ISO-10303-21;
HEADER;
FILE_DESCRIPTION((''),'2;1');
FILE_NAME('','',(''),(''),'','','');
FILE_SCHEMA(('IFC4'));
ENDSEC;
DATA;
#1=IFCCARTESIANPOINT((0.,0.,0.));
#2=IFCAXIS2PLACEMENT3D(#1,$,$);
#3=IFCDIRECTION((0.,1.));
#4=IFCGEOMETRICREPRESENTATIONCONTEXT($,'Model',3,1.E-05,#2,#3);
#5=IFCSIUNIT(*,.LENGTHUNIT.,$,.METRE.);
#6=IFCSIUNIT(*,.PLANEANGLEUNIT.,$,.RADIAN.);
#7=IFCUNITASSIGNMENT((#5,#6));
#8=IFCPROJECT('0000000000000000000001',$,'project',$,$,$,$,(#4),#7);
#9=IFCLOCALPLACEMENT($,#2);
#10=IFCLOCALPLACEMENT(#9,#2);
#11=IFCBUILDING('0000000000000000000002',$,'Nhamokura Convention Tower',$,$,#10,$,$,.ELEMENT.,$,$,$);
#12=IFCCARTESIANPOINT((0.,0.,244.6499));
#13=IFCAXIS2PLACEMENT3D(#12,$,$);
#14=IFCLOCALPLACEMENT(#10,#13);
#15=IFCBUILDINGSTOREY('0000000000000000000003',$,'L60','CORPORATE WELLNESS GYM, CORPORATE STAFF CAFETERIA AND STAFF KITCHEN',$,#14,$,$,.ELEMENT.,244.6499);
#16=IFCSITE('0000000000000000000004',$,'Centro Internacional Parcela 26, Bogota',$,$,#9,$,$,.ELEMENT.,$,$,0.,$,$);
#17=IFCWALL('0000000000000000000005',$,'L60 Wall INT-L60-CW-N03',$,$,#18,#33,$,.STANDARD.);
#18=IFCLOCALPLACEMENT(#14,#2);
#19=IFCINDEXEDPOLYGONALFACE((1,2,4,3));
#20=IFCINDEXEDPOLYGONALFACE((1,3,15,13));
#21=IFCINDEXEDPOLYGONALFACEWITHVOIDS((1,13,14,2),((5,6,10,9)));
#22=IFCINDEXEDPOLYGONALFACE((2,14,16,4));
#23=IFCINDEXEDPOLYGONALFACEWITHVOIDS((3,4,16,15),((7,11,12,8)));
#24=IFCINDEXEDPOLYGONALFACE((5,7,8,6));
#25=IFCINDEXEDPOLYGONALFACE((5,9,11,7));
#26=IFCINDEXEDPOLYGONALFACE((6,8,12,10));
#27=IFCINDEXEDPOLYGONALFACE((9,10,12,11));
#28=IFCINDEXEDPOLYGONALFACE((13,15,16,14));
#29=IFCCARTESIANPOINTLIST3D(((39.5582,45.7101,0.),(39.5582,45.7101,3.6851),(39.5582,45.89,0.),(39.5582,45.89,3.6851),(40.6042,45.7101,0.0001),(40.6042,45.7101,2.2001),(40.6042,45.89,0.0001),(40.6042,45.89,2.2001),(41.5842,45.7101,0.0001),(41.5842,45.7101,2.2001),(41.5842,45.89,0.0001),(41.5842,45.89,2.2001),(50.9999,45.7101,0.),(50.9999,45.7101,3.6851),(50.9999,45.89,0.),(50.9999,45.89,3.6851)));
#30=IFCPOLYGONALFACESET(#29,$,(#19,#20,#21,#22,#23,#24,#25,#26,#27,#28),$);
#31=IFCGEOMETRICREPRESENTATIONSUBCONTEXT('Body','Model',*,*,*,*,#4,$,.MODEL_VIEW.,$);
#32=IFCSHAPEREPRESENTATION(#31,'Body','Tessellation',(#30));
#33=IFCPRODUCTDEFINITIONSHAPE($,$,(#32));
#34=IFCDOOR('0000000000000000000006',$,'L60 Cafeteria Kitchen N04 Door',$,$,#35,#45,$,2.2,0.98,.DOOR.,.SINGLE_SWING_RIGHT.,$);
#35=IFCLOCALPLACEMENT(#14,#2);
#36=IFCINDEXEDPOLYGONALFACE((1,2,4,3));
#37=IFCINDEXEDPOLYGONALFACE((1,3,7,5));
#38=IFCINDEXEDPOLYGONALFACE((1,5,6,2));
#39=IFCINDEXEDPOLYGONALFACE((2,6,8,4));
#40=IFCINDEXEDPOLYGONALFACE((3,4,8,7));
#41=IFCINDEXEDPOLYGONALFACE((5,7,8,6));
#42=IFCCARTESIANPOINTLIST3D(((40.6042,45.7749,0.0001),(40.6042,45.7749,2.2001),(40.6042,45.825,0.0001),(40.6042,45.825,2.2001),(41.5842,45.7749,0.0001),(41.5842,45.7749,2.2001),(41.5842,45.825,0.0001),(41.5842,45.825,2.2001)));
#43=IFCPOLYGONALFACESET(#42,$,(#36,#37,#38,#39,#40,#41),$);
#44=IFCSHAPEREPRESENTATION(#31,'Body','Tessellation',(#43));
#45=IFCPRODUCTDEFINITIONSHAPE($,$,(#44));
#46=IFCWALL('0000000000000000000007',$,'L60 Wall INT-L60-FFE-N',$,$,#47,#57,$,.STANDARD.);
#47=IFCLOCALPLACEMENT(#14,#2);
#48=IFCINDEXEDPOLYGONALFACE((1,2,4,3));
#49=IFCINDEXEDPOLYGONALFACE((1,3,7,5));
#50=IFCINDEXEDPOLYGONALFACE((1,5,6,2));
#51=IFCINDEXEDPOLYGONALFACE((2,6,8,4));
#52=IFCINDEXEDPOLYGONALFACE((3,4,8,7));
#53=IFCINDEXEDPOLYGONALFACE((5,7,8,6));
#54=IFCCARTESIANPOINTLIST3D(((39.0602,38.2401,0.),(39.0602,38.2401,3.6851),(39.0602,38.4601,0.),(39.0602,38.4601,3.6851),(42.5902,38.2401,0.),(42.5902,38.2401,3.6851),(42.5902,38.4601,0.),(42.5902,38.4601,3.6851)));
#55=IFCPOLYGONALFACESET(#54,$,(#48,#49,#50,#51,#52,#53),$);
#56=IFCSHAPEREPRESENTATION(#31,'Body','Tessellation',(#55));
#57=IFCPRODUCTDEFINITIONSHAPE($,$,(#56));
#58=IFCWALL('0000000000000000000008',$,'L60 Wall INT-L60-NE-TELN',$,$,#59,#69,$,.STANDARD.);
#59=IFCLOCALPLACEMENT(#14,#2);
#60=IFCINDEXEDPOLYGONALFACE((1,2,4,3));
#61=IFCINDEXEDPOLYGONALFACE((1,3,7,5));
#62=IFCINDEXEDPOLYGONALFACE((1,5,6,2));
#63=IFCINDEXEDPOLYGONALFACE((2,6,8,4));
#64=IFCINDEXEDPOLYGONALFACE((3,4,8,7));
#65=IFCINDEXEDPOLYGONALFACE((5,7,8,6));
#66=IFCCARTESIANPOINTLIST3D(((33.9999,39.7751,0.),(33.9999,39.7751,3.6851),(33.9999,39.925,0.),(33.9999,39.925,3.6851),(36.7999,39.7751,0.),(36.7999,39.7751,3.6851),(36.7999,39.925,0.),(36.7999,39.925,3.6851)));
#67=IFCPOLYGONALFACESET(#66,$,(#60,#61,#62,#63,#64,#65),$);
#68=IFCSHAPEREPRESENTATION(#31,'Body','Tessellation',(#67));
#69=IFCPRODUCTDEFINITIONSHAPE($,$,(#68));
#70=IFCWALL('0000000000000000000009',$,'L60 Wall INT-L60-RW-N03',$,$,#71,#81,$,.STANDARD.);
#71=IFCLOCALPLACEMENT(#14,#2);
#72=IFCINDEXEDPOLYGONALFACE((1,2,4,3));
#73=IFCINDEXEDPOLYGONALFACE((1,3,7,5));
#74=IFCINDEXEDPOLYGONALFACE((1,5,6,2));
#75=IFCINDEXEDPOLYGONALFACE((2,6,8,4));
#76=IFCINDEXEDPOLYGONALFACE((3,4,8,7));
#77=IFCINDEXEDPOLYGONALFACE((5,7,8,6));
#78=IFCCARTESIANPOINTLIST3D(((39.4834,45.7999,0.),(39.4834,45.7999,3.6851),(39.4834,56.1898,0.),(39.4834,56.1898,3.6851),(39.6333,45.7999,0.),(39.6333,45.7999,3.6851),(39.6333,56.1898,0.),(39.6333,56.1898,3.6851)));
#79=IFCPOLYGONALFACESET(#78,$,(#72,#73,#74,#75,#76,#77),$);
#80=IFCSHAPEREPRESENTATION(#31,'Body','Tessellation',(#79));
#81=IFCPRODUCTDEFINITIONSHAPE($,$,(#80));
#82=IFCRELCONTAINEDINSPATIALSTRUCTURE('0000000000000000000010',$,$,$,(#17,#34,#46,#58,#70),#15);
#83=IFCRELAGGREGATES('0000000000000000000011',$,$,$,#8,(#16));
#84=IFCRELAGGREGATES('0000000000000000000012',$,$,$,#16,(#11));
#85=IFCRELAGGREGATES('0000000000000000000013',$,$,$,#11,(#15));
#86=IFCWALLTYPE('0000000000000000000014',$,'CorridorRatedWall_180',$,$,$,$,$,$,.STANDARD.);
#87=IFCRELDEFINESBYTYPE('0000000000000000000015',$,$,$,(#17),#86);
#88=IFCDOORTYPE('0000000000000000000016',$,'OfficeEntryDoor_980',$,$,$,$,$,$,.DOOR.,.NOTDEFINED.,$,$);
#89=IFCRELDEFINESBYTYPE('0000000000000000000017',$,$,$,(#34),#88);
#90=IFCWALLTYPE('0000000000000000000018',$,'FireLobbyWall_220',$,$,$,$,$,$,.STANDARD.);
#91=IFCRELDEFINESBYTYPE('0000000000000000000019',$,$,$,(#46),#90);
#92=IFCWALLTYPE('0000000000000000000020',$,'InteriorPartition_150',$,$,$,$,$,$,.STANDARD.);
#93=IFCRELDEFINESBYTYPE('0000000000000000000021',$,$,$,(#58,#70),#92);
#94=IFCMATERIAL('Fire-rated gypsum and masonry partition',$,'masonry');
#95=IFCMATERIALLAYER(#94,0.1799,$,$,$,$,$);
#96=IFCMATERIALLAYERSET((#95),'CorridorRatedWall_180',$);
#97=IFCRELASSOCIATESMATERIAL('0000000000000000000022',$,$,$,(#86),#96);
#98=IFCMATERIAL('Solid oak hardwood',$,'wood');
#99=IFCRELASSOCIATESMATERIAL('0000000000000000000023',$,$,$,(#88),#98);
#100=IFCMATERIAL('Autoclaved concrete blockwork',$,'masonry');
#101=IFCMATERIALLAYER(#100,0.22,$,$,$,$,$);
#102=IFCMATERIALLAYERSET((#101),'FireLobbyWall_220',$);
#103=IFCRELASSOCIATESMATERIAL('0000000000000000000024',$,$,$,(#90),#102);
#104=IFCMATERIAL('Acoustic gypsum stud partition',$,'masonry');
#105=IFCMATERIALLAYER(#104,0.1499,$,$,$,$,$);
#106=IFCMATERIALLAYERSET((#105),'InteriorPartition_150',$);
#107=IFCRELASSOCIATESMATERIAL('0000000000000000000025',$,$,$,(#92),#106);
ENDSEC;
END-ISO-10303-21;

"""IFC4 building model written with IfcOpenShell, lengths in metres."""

from ifc_helpers import new_model, si_unit, direction, frame, frame_2d, origin, place, context, subcontext, project, spatial, rectangle, extrude, material, layer, layer_set, type_object, element, fill, save


model = new_model("IFC4")

# Units and contexts
model_context = context("Model", 3, precision=1e-05, world=origin(), true_north=direction((0.0, 1.0)))
body_context = subcontext(model_context, "Body", "Model", "MODEL_VIEW")
ifc_project = project(units=[si_unit("LENGTHUNIT", "METRE"), si_unit("PLANEANGLEUNIT", "RADIAN")], contexts=[model_context])

# Site, building, storey
site_placement = place(None, origin())
site = spatial("IfcSite", under=ifc_project, at=site_placement, Name="Centro Internacional Parcela 26, Bogota", CompositionType="ELEMENT", RefElevation=0.0)
building_placement = place(site_placement, origin())
building = spatial("IfcBuilding", under=site, at=building_placement, Name="Nhamokura Convention Tower", CompositionType="ELEMENT")
storey_placement = place(building_placement, frame((0.0, 0.0, 244.6499)))
storey = spatial("IfcBuildingStorey", under=building, at=storey_placement, Name="L60", Description="CORPORATE WELLNESS GYM, CORPORATE STAFF CAFETERIA AND STAFF KITCHEN", CompositionType="ELEMENT", Elevation=244.6499)

# Wall, opening, door
ifc_material_1 = material(Name="Fire-rated gypsum and masonry partition", Category="masonry")
ifc_layer_1 = layer(ifc_material_1, 0.1799)
ifc_layer_set_1 = layer_set([ifc_layer_1], Name="CorridorRatedWall_180")
wall_type_1 = type_object("IfcWallType", Name="CorridorRatedWall_180", PredefinedType="STANDARD", material=ifc_layer_set_1)
wall_1_placement = place(storey_placement, frame((39.5583, 45.8, 0.0), z_axis=(0.0, 0.0, 1.0), x_axis=(1.0, 0.0, 0.0)))
wall_1 = element("IfcWall", 1, at=wall_1_placement, inside=storey, type_object=wall_type_1, Name="L60 Wall INT-L60-CW-N03", PredefinedType="STANDARD", context=body_context, shape_type="SweptSolid", body=[
    extrude(rectangle(XDim=11.4417, YDim=0.1799, at=frame_2d((5.7207, 0.0))), origin(), (0.0, 0.0, 1.0), 3.6851),
])
opening_1_placement = place(wall_1_placement, frame((1.0459, 0.0, 0.0)))
opening_1 = element("IfcOpeningElement", 2, at=opening_1_placement, cuts=wall_1, PredefinedType="OPENING", context=body_context, shape_type="SweptSolid", body=[
    extrude(rectangle(XDim=0.98, YDim=2.2, at=frame_2d((0.49, 1.1001))), frame((0.0, 0.0999, 0.0), z_axis=(0.0, -1.0, 0.0), x_axis=(1.0, 0.0, 0.0)), (0.0, 0.0, 1.0), 0.2),
])
ifc_material_2 = material(Name="Solid oak hardwood", Category="wood")
door_type_1 = type_object("IfcDoorType", Name="OfficeEntryDoor_980", OperationType="NOTDEFINED", PredefinedType="DOOR", material=ifc_material_2)
door_1_placement = place(opening_1_placement, origin())
door_1 = element("IfcDoor", 3, at=door_1_placement, inside=storey, type_object=door_type_1, Name="L60 Cafeteria Kitchen N04 Door", OperationType="SINGLE_SWING_RIGHT", OverallHeight=2.2, OverallWidth=0.98, PredefinedType="DOOR", context=body_context, shape_type="SweptSolid", body=[
    extrude(rectangle(XDim=0.98, YDim=2.2, at=frame_2d((0.49, 1.1001))), frame((0.0, 0.0249, 0.0), z_axis=(0.0, -1.0, 0.0), x_axis=(1.0, 0.0, 0.0)), (0.0, 0.0, 1.0), 0.05),
])
fill(opening_1, door_1)

# Wall
ifc_material_3 = material(Name="Autoclaved concrete blockwork", Category="masonry")
ifc_layer_2 = layer(ifc_material_3, 0.22)
ifc_layer_set_2 = layer_set([ifc_layer_2], Name="FireLobbyWall_220")
wall_type_2 = type_object("IfcWallType", Name="FireLobbyWall_220", PredefinedType="STANDARD", material=ifc_layer_set_2)
wall_2_placement = place(storey_placement, frame((39.0601, 38.3501, 0.0), z_axis=(0.0, 0.0, 1.0), x_axis=(1.0, 0.0, 0.0)))
element("IfcWall", 4, at=wall_2_placement, inside=storey, type_object=wall_type_2, Name="L60 Wall INT-L60-FFE-N", PredefinedType="STANDARD", context=body_context, shape_type="SweptSolid", body=[
    extrude(rectangle(XDim=3.53, YDim=0.22, at=frame_2d((1.7651, 0.0))), origin(), (0.0, 0.0, 1.0), 3.6851),
])

# Walls
ifc_material_4 = material(Name="Acoustic gypsum stud partition", Category="masonry")
ifc_layer_3 = layer(ifc_material_4, 0.1499)
ifc_layer_set_3 = layer_set([ifc_layer_3], Name="InteriorPartition_150")
wall_type_3 = type_object("IfcWallType", Name="InteriorPartition_150", PredefinedType="STANDARD", material=ifc_layer_set_3)
wall_3_placement = place(storey_placement, frame((34.0, 39.8501, 0.0), z_axis=(0.0, 0.0, 1.0), x_axis=(1.0, 0.0, 0.0)))
element("IfcWall", 5, at=wall_3_placement, inside=storey, type_object=wall_type_3, Name="L60 Wall INT-L60-NE-TELN", PredefinedType="STANDARD", context=body_context, shape_type="SweptSolid", body=[
    extrude(rectangle(XDim=2.8, YDim=0.1499, at=frame_2d((1.3999, 0.0))), origin(), (0.0, 0.0, 1.0), 3.6851),
])
wall_4_placement = place(storey_placement, frame((39.5583, 45.8, 0.0), z_axis=(0.0, 0.0, 1.0), x_axis=(0.0, 1.0, 0.0)))
element("IfcWall", 6, at=wall_4_placement, inside=storey, type_object=wall_type_3, Name="L60 Wall INT-L60-RW-N03", PredefinedType="STANDARD", context=body_context, shape_type="SweptSolid", body=[
    extrude(rectangle(XDim=10.3899, YDim=0.1499, at=frame_2d((5.1948, 0.0))), origin(), (0.0, 0.0, 1.0), 3.6851),
])

save(model, "model.ifc")
